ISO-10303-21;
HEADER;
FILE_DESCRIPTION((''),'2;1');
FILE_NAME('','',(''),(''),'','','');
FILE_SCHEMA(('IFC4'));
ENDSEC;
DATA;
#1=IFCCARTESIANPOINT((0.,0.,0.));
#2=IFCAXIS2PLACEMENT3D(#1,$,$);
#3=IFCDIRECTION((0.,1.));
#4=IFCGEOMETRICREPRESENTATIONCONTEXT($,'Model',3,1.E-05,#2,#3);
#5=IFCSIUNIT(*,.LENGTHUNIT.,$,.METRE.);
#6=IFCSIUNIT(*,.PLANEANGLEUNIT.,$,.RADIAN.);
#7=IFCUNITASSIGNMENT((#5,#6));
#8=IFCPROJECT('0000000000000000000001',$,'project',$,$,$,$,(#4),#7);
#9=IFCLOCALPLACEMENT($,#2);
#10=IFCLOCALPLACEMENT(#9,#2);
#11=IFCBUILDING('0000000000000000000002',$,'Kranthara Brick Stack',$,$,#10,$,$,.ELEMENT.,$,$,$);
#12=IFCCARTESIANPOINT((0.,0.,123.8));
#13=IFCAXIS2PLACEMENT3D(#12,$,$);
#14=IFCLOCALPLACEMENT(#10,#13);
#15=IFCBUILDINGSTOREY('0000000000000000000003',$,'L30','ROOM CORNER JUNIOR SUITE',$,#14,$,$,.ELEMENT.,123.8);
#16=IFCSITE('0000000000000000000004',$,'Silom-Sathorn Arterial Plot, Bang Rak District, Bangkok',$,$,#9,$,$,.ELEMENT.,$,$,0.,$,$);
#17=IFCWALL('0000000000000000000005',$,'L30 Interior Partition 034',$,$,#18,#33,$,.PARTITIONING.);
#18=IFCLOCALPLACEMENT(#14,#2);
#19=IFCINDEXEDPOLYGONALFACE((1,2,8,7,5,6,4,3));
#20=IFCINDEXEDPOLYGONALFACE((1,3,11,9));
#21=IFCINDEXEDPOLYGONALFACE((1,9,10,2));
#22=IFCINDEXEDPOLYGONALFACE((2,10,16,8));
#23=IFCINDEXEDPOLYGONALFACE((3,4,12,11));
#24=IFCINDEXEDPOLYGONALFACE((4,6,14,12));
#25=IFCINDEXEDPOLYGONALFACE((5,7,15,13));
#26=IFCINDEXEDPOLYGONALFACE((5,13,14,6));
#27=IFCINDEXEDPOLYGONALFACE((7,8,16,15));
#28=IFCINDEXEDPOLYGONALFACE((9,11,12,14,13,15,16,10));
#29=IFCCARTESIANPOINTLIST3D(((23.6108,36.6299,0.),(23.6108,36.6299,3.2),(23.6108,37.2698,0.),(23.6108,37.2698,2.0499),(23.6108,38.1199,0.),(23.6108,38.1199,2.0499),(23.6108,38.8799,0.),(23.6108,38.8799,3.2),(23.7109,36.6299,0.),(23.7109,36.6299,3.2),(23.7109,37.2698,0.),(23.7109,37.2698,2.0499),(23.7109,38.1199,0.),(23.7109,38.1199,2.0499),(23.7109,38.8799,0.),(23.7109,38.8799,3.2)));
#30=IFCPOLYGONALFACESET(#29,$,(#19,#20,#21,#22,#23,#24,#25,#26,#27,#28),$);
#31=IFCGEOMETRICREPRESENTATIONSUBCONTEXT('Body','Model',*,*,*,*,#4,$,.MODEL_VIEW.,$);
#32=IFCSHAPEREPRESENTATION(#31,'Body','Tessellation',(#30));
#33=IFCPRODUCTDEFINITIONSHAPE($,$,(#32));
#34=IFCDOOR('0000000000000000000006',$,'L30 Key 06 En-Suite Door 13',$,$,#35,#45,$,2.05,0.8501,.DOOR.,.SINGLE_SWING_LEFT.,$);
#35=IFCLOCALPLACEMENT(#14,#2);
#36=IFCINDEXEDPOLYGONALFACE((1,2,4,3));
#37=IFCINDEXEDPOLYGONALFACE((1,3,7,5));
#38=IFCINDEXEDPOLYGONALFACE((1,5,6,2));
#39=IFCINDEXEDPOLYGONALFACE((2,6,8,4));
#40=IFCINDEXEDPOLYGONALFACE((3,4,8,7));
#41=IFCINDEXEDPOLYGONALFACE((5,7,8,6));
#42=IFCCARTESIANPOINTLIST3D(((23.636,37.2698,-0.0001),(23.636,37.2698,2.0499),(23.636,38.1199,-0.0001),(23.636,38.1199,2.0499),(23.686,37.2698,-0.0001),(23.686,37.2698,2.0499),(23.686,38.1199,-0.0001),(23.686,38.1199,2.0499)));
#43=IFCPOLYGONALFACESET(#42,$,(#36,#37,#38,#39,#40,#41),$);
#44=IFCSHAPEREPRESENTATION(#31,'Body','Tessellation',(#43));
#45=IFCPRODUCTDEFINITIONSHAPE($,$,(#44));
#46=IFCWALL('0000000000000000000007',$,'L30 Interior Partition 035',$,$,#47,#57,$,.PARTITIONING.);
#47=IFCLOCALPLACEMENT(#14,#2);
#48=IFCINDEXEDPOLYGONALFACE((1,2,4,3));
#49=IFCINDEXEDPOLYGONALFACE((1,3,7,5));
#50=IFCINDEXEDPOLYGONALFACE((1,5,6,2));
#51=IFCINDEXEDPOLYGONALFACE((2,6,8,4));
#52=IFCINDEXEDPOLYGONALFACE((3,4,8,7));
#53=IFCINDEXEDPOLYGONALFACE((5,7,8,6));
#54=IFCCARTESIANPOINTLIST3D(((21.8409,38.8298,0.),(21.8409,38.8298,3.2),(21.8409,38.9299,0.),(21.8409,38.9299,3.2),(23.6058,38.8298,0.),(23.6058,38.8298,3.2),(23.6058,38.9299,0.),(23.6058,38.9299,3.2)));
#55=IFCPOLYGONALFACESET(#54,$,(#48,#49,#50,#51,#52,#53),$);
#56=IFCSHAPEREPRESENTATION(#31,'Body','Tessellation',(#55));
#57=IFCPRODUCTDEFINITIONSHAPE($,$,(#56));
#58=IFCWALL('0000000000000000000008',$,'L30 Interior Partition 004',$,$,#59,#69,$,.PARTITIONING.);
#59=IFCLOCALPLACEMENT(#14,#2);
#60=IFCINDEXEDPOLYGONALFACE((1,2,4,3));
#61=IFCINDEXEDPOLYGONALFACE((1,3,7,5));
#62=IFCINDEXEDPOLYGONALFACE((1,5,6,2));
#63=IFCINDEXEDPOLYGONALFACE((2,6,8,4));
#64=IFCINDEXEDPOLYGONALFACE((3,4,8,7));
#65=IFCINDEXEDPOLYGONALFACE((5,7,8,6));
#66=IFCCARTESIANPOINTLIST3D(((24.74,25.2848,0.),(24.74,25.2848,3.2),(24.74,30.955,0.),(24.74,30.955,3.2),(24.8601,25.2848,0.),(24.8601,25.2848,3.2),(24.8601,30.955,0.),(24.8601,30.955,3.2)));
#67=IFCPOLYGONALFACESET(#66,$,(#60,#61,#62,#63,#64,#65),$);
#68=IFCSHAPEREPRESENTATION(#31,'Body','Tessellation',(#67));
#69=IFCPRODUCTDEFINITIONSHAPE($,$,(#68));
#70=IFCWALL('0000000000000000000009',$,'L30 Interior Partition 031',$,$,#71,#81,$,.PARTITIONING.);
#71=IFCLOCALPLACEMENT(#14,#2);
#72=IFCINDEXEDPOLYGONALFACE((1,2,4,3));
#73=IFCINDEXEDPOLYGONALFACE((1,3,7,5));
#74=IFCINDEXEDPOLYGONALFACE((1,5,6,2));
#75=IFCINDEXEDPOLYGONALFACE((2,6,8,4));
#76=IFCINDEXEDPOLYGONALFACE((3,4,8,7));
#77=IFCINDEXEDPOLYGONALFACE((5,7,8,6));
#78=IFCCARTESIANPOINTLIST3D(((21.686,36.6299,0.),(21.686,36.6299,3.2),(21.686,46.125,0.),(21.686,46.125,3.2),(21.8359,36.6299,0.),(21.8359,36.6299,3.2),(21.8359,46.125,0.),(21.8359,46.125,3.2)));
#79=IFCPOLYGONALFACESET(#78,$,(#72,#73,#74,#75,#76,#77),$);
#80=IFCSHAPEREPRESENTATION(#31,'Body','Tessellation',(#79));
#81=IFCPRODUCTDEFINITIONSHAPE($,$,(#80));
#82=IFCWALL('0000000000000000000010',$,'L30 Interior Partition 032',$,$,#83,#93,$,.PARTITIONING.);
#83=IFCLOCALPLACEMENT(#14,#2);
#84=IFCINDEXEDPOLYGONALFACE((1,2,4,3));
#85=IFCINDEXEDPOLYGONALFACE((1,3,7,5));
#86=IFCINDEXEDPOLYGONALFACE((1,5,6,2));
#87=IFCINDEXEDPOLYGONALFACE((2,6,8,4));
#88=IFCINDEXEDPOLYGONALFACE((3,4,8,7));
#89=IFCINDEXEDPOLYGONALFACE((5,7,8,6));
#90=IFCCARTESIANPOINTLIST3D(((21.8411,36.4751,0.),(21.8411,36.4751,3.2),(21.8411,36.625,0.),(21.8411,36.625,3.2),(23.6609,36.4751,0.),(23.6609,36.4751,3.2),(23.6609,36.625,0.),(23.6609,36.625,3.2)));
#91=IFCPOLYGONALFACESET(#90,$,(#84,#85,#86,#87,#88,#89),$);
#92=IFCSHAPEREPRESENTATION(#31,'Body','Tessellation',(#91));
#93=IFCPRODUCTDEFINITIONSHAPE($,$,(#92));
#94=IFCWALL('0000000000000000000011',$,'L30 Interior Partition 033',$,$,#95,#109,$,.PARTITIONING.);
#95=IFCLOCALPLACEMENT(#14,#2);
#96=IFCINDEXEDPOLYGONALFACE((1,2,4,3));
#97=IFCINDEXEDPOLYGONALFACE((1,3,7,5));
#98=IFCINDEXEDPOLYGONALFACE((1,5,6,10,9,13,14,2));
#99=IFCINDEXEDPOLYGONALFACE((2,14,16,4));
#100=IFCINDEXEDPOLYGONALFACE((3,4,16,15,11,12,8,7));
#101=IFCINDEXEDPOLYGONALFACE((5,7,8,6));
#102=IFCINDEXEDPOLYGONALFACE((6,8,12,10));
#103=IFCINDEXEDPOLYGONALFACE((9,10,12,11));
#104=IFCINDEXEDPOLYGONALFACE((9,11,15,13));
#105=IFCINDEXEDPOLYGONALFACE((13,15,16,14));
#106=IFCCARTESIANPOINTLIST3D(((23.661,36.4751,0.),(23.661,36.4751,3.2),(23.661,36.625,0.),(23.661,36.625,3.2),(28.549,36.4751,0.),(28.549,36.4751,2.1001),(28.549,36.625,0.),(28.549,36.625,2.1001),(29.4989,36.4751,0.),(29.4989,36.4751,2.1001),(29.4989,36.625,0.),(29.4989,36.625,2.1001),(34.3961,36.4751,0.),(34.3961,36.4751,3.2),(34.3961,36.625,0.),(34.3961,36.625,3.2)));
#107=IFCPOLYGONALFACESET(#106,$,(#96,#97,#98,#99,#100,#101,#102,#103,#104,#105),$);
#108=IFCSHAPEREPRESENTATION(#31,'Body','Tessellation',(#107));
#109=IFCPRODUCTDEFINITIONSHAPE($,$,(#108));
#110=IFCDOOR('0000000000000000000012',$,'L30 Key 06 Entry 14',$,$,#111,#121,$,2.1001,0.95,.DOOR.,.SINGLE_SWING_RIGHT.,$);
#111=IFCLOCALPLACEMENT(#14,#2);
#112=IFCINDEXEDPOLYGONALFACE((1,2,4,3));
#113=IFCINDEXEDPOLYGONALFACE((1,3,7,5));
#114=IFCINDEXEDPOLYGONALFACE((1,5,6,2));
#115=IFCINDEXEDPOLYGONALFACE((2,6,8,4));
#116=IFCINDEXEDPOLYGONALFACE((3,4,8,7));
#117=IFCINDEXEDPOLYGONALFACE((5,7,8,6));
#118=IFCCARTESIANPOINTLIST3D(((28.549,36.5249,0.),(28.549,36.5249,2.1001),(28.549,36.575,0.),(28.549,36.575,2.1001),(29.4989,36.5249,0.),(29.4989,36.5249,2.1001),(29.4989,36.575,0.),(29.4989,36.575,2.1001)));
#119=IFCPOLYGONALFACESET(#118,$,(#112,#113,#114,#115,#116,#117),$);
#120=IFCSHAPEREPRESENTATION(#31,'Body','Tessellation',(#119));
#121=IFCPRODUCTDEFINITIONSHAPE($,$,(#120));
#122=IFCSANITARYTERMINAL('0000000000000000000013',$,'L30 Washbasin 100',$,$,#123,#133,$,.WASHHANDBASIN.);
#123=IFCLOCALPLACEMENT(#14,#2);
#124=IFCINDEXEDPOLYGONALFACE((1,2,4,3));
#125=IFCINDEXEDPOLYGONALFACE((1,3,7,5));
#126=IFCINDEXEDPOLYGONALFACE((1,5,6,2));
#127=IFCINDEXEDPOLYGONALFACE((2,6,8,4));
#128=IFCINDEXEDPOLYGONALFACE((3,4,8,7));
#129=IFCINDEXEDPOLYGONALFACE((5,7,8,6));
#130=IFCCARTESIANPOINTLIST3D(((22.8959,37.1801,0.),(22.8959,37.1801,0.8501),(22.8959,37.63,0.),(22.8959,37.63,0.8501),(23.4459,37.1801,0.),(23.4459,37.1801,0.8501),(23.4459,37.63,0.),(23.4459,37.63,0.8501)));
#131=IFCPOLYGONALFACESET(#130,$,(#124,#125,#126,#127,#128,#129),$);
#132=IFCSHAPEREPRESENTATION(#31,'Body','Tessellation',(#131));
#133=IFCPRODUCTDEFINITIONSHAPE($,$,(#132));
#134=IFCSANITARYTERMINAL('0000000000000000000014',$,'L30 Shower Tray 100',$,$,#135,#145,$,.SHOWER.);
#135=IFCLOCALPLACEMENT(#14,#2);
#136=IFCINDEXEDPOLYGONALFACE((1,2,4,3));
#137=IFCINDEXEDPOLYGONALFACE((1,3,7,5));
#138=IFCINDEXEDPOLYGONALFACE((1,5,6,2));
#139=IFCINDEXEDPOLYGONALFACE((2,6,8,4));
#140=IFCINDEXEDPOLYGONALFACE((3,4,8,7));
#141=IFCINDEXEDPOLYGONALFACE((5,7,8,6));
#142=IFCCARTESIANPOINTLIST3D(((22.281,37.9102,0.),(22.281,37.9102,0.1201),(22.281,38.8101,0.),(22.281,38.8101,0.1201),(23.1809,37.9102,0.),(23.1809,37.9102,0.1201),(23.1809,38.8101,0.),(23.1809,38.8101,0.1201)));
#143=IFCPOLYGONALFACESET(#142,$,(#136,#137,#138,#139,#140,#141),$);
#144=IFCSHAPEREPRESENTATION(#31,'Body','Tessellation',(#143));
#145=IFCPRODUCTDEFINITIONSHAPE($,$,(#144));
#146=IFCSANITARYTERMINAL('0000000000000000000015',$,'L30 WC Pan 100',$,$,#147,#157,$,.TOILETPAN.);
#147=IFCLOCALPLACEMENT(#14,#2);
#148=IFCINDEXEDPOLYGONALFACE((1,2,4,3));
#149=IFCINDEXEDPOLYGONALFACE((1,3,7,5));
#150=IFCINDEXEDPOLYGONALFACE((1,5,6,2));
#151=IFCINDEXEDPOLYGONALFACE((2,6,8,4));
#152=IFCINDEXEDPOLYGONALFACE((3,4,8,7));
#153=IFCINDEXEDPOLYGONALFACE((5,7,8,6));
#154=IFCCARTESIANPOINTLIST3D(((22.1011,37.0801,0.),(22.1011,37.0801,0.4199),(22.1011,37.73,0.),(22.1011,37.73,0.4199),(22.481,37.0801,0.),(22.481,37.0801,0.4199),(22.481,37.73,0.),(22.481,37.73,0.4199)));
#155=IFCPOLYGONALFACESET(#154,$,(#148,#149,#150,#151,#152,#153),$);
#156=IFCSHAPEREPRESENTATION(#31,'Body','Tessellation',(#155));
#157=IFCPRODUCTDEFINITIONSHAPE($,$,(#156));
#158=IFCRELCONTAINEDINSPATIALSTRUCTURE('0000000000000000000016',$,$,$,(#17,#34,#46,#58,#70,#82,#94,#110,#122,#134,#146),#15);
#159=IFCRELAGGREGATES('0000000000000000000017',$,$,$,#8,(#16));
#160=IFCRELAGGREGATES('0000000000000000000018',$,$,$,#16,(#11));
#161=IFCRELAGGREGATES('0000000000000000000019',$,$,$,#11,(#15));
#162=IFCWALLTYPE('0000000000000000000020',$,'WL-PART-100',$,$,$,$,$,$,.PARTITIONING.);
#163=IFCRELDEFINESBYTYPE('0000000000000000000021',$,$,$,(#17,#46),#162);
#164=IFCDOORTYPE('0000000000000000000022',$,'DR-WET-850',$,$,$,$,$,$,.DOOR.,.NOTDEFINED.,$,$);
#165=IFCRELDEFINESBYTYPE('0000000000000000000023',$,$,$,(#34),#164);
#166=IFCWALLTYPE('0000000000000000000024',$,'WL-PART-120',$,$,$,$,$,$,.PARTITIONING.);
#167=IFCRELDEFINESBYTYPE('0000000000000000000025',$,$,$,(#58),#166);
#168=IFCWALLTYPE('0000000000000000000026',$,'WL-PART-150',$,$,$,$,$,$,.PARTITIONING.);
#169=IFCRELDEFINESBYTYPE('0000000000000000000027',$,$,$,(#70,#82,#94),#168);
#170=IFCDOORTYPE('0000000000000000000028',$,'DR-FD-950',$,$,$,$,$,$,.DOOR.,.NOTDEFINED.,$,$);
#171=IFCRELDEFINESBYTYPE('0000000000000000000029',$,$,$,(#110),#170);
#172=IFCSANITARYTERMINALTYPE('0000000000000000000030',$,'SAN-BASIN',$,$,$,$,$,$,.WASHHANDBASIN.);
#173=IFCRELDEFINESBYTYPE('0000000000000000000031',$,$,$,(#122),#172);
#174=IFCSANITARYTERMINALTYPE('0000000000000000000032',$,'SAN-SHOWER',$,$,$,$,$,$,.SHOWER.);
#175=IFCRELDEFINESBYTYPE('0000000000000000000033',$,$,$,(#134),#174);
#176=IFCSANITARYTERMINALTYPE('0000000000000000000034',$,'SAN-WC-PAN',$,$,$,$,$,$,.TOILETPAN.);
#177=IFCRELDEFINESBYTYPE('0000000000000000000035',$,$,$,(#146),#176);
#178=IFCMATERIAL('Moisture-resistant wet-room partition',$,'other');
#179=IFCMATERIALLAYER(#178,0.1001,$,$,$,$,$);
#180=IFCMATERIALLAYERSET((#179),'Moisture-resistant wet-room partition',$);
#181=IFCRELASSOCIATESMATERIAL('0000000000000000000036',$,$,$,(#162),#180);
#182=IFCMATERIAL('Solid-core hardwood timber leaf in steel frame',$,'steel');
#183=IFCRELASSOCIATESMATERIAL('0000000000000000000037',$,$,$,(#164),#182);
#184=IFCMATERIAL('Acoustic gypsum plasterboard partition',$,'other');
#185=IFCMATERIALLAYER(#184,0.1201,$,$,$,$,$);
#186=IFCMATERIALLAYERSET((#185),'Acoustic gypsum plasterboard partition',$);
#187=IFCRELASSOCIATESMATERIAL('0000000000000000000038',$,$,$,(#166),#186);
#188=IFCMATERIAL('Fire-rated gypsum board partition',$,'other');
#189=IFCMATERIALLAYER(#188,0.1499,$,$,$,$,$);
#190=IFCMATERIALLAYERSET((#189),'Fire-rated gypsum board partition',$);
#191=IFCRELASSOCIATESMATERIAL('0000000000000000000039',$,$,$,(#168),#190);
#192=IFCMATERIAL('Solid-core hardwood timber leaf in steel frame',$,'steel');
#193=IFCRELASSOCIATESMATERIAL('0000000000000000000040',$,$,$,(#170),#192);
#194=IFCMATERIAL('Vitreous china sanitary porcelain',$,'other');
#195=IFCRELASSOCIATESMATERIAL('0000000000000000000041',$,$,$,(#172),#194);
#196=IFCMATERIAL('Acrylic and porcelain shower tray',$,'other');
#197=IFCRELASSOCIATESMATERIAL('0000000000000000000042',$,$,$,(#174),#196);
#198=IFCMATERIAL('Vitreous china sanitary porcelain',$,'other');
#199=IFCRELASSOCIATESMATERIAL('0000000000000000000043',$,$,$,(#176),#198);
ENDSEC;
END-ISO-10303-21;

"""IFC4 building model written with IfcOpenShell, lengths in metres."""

from ifc_helpers import new_model, si_unit, direction, frame, frame_2d, origin, origin_2d, place, context, subcontext, project, spatial, rectangle, extrude, material, layer, layer_set, type_object, element, fill, save


model = new_model("IFC4")

# Units and contexts
model_context = context("Model", 3, precision=1e-05, world=origin(), true_north=direction((0.0, 1.0)))
body_context = subcontext(model_context, "Body", "Model", "MODEL_VIEW")
ifc_project = project(units=[si_unit("LENGTHUNIT", "METRE"), si_unit("PLANEANGLEUNIT", "RADIAN")], contexts=[model_context])

# Site, building, storey
site_placement = place(None, origin())
site = spatial("IfcSite", under=ifc_project, at=site_placement, Name="Silom-Sathorn Arterial Plot, Bang Rak District, Bangkok", CompositionType="ELEMENT", RefElevation=0.0)
building_placement = place(site_placement, origin())
building = spatial("IfcBuilding", under=site, at=building_placement, Name="Kranthara Brick Stack", CompositionType="ELEMENT")
storey_placement = place(building_placement, frame((0.0, 0.0, 123.8)))
storey = spatial("IfcBuildingStorey", under=building, at=storey_placement, Name="L30", Description="ROOM CORNER JUNIOR SUITE", CompositionType="ELEMENT", Elevation=123.8)

# Wall, opening, door
ifc_material_1 = material(Name="Moisture-resistant wet-room partition", Category="other")
ifc_layer_1 = layer(ifc_material_1, 0.1001)
ifc_layer_set_1 = layer_set([ifc_layer_1], Name="Moisture-resistant wet-room partition")
wall_type_1 = type_object("IfcWallType", Name="WL-PART-100", PredefinedType="PARTITIONING", material=ifc_layer_set_1)
wall_1_placement = place(storey_placement, frame((23.6609, 36.6299, 0.0), z_axis=(0.0, 0.0, 1.0), x_axis=(0.0, 1.0, 0.0)))
wall_1 = element("IfcWall", 1, at=wall_1_placement, inside=storey, type_object=wall_type_1, Name="L30 Interior Partition 034", PredefinedType="PARTITIONING", context=body_context, shape_type="SweptSolid", body=[
    extrude(rectangle(XDim=2.25, YDim=0.1001, at=frame_2d((1.125, 0.0))), origin(), (0.0, 0.0, 1.0), 3.2),
])
opening_1_placement = place(wall_1_placement, frame((0.6399, 0.0, 0.0)))
opening_1 = element("IfcOpeningElement", 2, at=opening_1_placement, cuts=wall_1, PredefinedType="OPENING", context=body_context, shape_type="SweptSolid", body=[
    extrude(rectangle(XDim=0.8501, YDim=2.05, at=frame_2d((0.425, 1.0249))), frame((0.0, 0.0601, 0.0), z_axis=(0.0, -1.0, 0.0), x_axis=(1.0, 0.0, 0.0)), (0.0, 0.0, 1.0), 0.1201),
])
ifc_material_2 = material(Name="Solid-core hardwood timber leaf in steel frame", Category="steel")
door_type_1 = type_object("IfcDoorType", Name="DR-WET-850", OperationType="NOTDEFINED", PredefinedType="DOOR", material=ifc_material_2)
door_1_placement = place(opening_1_placement, origin())
door_1 = element("IfcDoor", 3, at=door_1_placement, inside=storey, type_object=door_type_1, Name="L30 Key 06 En-Suite Door 13", OperationType="SINGLE_SWING_LEFT", OverallHeight=2.05, OverallWidth=0.8501, PredefinedType="DOOR", context=body_context, shape_type="SweptSolid", body=[
    extrude(rectangle(XDim=0.8501, YDim=2.05, at=frame_2d((0.425, 1.0249))), frame((0.0, 0.0249, 0.0), z_axis=(0.0, -1.0, 0.0), x_axis=(1.0, 0.0, 0.0)), (0.0, 0.0, 1.0), 0.05),
])
fill(opening_1, door_1)

# Walls
wall_2_placement = place(storey_placement, frame((21.8411, 38.8799, 0.0), z_axis=(0.0, 0.0, 1.0), x_axis=(1.0, 0.0, 0.0)))
element("IfcWall", 4, at=wall_2_placement, inside=storey, type_object=wall_type_1, Name="L30 Interior Partition 035", PredefinedType="PARTITIONING", context=body_context, shape_type="SweptSolid", body=[
    extrude(rectangle(XDim=1.7649, YDim=0.1001, at=frame_2d((0.8823, 0.0))), origin(), (0.0, 0.0, 1.0), 3.2),
])
ifc_material_3 = material(Name="Acoustic gypsum plasterboard partition", Category="other")
ifc_layer_2 = layer(ifc_material_3, 0.1201)
ifc_layer_set_2 = layer_set([ifc_layer_2], Name="Acoustic gypsum plasterboard partition")
wall_type_2 = type_object("IfcWallType", Name="WL-PART-120", PredefinedType="PARTITIONING", material=ifc_layer_set_2)
wall_3_placement = place(storey_placement, frame((24.8, 25.2849, 0.0), z_axis=(0.0, 0.0, 1.0), x_axis=(0.0, 1.0, 0.0)))
element("IfcWall", 5, at=wall_3_placement, inside=storey, type_object=wall_type_2, Name="L30 Interior Partition 004", PredefinedType="PARTITIONING", context=body_context, shape_type="SweptSolid", body=[
    extrude(rectangle(XDim=5.6702, YDim=0.1201, at=frame_2d((2.835, 0.0))), origin(), (0.0, 0.0, 1.0), 3.2),
])
ifc_material_4 = material(Name="Fire-rated gypsum board partition", Category="other")
ifc_layer_3 = layer(ifc_material_4, 0.1499)
ifc_layer_set_3 = layer_set([ifc_layer_3], Name="Fire-rated gypsum board partition")
wall_type_3 = type_object("IfcWallType", Name="WL-PART-150", PredefinedType="PARTITIONING", material=ifc_layer_set_3)
wall_4_placement = place(storey_placement, frame((21.761, 36.6299, 0.0), z_axis=(0.0, 0.0, 1.0), x_axis=(0.0, 1.0, 0.0)))
element("IfcWall", 6, at=wall_4_placement, inside=storey, type_object=wall_type_3, Name="L30 Interior Partition 031", PredefinedType="PARTITIONING", context=body_context, shape_type="SweptSolid", body=[
    extrude(rectangle(XDim=9.4951, YDim=0.1499, at=frame_2d((4.7476, 0.0))), origin(), (0.0, 0.0, 1.0), 3.2),
])
wall_5_placement = place(storey_placement, frame((21.8411, 36.55, 0.0), z_axis=(0.0, 0.0, 1.0), x_axis=(1.0, 0.0, 0.0)))
element("IfcWall", 7, at=wall_5_placement, inside=storey, type_object=wall_type_3, Name="L30 Interior Partition 032", PredefinedType="PARTITIONING", context=body_context, shape_type="SweptSolid", body=[
    extrude(rectangle(XDim=1.8198, YDim=0.1499, at=frame_2d((0.9099, 0.0))), origin(), (0.0, 0.0, 1.0), 3.2),
])

# Wall, opening, door
wall_6_placement = place(storey_placement, frame((23.6609, 36.55, 0.0), z_axis=(0.0, 0.0, 1.0), x_axis=(1.0, 0.0, 0.0)))
wall_6 = element("IfcWall", 8, at=wall_6_placement, inside=storey, type_object=wall_type_3, Name="L30 Interior Partition 033", PredefinedType="PARTITIONING", context=body_context, shape_type="SweptSolid", body=[
    extrude(rectangle(XDim=10.7351, YDim=0.1499, at=frame_2d((5.3677, 0.0))), origin(), (0.0, 0.0, 1.0), 3.2),
])
opening_2_placement = place(wall_6_placement, frame((4.8879, 0.0, 0.0)))
opening_2 = element("IfcOpeningElement", 9, at=opening_2_placement, cuts=wall_6, PredefinedType="OPENING", context=body_context, shape_type="SweptSolid", body=[
    extrude(rectangle(XDim=0.95, YDim=2.1001, at=frame_2d((0.4751, 1.05))), frame((0.0, 0.085, 0.0), z_axis=(0.0, -1.0, 0.0), x_axis=(1.0, 0.0, 0.0)), (0.0, 0.0, 1.0), 0.1699),
])
ifc_material_5 = material(Name="Solid-core hardwood timber leaf in steel frame", Category="steel")
door_type_2 = type_object("IfcDoorType", Name="DR-FD-950", OperationType="NOTDEFINED", PredefinedType="DOOR", material=ifc_material_5)
door_2_placement = place(opening_2_placement, origin())
door_2 = element("IfcDoor", 10, at=door_2_placement, inside=storey, type_object=door_type_2, Name="L30 Key 06 Entry 14", OperationType="SINGLE_SWING_RIGHT", OverallHeight=2.1001, OverallWidth=0.95, PredefinedType="DOOR", context=body_context, shape_type="SweptSolid", body=[
    extrude(rectangle(XDim=0.95, YDim=2.1001, at=frame_2d((0.4751, 1.05))), frame((0.0, 0.0249, 0.0), z_axis=(0.0, -1.0, 0.0), x_axis=(1.0, 0.0, 0.0)), (0.0, 0.0, 1.0), 0.05),
])
fill(opening_2, door_2)

# Sanitary terminals
ifc_material_6 = material(Name="Vitreous china sanitary porcelain", Category="other")
sanitary_terminal_type_1 = type_object("IfcSanitaryTerminalType", Name="SAN-BASIN", PredefinedType="WASHHANDBASIN", material=ifc_material_6)
sanitary_terminal_1_placement = place(storey_placement, frame((23.1709, 37.405, 0.0), z_axis=(0.0, 0.0, 1.0), x_axis=(1.0, 0.0, 0.0)))
element("IfcSanitaryTerminal", 11, at=sanitary_terminal_1_placement, inside=storey, type_object=sanitary_terminal_type_1, Name="L30 Washbasin 100", PredefinedType="WASHHANDBASIN", context=body_context, shape_type="SweptSolid", body=[
    extrude(rectangle(XDim=0.55, YDim=0.45, at=origin_2d()), origin(), (0.0, 0.0, 1.0), 0.8501),
])
ifc_material_7 = material(Name="Acrylic and porcelain shower tray", Category="other")
sanitary_terminal_type_2 = type_object("IfcSanitaryTerminalType", Name="SAN-SHOWER", PredefinedType="SHOWER", material=ifc_material_7)
sanitary_terminal_2_placement = place(storey_placement, frame((22.731, 38.3601, 0.0), z_axis=(0.0, 0.0, 1.0), x_axis=(1.0, 0.0, 0.0)))
element("IfcSanitaryTerminal", 12, at=sanitary_terminal_2_placement, inside=storey, type_object=sanitary_terminal_type_2, Name="L30 Shower Tray 100", PredefinedType="SHOWER", context=body_context, shape_type="SweptSolid", body=[
    extrude(rectangle(XDim=0.8999, YDim=0.8999, at=origin_2d()), origin(), (0.0, 0.0, 1.0), 0.1201),
])
ifc_material_8 = material(Name="Vitreous china sanitary porcelain", Category="other")
sanitary_terminal_type_3 = type_object("IfcSanitaryTerminalType", Name="SAN-WC-PAN", PredefinedType="TOILETPAN", material=ifc_material_8)
sanitary_terminal_3_placement = place(storey_placement, frame((22.291, 37.405, 0.0), z_axis=(0.0, 0.0, 1.0), x_axis=(1.0, 0.0, 0.0)))
element("IfcSanitaryTerminal", 13, at=sanitary_terminal_3_placement, inside=storey, type_object=sanitary_terminal_type_3, Name="L30 WC Pan 100", PredefinedType="TOILETPAN", context=body_context, shape_type="SweptSolid", body=[
    extrude(rectangle(XDim=0.3799, YDim=0.6499, at=origin_2d()), origin(), (0.0, 0.0, 1.0), 0.4199),
])

save(model, "model.ifc")
